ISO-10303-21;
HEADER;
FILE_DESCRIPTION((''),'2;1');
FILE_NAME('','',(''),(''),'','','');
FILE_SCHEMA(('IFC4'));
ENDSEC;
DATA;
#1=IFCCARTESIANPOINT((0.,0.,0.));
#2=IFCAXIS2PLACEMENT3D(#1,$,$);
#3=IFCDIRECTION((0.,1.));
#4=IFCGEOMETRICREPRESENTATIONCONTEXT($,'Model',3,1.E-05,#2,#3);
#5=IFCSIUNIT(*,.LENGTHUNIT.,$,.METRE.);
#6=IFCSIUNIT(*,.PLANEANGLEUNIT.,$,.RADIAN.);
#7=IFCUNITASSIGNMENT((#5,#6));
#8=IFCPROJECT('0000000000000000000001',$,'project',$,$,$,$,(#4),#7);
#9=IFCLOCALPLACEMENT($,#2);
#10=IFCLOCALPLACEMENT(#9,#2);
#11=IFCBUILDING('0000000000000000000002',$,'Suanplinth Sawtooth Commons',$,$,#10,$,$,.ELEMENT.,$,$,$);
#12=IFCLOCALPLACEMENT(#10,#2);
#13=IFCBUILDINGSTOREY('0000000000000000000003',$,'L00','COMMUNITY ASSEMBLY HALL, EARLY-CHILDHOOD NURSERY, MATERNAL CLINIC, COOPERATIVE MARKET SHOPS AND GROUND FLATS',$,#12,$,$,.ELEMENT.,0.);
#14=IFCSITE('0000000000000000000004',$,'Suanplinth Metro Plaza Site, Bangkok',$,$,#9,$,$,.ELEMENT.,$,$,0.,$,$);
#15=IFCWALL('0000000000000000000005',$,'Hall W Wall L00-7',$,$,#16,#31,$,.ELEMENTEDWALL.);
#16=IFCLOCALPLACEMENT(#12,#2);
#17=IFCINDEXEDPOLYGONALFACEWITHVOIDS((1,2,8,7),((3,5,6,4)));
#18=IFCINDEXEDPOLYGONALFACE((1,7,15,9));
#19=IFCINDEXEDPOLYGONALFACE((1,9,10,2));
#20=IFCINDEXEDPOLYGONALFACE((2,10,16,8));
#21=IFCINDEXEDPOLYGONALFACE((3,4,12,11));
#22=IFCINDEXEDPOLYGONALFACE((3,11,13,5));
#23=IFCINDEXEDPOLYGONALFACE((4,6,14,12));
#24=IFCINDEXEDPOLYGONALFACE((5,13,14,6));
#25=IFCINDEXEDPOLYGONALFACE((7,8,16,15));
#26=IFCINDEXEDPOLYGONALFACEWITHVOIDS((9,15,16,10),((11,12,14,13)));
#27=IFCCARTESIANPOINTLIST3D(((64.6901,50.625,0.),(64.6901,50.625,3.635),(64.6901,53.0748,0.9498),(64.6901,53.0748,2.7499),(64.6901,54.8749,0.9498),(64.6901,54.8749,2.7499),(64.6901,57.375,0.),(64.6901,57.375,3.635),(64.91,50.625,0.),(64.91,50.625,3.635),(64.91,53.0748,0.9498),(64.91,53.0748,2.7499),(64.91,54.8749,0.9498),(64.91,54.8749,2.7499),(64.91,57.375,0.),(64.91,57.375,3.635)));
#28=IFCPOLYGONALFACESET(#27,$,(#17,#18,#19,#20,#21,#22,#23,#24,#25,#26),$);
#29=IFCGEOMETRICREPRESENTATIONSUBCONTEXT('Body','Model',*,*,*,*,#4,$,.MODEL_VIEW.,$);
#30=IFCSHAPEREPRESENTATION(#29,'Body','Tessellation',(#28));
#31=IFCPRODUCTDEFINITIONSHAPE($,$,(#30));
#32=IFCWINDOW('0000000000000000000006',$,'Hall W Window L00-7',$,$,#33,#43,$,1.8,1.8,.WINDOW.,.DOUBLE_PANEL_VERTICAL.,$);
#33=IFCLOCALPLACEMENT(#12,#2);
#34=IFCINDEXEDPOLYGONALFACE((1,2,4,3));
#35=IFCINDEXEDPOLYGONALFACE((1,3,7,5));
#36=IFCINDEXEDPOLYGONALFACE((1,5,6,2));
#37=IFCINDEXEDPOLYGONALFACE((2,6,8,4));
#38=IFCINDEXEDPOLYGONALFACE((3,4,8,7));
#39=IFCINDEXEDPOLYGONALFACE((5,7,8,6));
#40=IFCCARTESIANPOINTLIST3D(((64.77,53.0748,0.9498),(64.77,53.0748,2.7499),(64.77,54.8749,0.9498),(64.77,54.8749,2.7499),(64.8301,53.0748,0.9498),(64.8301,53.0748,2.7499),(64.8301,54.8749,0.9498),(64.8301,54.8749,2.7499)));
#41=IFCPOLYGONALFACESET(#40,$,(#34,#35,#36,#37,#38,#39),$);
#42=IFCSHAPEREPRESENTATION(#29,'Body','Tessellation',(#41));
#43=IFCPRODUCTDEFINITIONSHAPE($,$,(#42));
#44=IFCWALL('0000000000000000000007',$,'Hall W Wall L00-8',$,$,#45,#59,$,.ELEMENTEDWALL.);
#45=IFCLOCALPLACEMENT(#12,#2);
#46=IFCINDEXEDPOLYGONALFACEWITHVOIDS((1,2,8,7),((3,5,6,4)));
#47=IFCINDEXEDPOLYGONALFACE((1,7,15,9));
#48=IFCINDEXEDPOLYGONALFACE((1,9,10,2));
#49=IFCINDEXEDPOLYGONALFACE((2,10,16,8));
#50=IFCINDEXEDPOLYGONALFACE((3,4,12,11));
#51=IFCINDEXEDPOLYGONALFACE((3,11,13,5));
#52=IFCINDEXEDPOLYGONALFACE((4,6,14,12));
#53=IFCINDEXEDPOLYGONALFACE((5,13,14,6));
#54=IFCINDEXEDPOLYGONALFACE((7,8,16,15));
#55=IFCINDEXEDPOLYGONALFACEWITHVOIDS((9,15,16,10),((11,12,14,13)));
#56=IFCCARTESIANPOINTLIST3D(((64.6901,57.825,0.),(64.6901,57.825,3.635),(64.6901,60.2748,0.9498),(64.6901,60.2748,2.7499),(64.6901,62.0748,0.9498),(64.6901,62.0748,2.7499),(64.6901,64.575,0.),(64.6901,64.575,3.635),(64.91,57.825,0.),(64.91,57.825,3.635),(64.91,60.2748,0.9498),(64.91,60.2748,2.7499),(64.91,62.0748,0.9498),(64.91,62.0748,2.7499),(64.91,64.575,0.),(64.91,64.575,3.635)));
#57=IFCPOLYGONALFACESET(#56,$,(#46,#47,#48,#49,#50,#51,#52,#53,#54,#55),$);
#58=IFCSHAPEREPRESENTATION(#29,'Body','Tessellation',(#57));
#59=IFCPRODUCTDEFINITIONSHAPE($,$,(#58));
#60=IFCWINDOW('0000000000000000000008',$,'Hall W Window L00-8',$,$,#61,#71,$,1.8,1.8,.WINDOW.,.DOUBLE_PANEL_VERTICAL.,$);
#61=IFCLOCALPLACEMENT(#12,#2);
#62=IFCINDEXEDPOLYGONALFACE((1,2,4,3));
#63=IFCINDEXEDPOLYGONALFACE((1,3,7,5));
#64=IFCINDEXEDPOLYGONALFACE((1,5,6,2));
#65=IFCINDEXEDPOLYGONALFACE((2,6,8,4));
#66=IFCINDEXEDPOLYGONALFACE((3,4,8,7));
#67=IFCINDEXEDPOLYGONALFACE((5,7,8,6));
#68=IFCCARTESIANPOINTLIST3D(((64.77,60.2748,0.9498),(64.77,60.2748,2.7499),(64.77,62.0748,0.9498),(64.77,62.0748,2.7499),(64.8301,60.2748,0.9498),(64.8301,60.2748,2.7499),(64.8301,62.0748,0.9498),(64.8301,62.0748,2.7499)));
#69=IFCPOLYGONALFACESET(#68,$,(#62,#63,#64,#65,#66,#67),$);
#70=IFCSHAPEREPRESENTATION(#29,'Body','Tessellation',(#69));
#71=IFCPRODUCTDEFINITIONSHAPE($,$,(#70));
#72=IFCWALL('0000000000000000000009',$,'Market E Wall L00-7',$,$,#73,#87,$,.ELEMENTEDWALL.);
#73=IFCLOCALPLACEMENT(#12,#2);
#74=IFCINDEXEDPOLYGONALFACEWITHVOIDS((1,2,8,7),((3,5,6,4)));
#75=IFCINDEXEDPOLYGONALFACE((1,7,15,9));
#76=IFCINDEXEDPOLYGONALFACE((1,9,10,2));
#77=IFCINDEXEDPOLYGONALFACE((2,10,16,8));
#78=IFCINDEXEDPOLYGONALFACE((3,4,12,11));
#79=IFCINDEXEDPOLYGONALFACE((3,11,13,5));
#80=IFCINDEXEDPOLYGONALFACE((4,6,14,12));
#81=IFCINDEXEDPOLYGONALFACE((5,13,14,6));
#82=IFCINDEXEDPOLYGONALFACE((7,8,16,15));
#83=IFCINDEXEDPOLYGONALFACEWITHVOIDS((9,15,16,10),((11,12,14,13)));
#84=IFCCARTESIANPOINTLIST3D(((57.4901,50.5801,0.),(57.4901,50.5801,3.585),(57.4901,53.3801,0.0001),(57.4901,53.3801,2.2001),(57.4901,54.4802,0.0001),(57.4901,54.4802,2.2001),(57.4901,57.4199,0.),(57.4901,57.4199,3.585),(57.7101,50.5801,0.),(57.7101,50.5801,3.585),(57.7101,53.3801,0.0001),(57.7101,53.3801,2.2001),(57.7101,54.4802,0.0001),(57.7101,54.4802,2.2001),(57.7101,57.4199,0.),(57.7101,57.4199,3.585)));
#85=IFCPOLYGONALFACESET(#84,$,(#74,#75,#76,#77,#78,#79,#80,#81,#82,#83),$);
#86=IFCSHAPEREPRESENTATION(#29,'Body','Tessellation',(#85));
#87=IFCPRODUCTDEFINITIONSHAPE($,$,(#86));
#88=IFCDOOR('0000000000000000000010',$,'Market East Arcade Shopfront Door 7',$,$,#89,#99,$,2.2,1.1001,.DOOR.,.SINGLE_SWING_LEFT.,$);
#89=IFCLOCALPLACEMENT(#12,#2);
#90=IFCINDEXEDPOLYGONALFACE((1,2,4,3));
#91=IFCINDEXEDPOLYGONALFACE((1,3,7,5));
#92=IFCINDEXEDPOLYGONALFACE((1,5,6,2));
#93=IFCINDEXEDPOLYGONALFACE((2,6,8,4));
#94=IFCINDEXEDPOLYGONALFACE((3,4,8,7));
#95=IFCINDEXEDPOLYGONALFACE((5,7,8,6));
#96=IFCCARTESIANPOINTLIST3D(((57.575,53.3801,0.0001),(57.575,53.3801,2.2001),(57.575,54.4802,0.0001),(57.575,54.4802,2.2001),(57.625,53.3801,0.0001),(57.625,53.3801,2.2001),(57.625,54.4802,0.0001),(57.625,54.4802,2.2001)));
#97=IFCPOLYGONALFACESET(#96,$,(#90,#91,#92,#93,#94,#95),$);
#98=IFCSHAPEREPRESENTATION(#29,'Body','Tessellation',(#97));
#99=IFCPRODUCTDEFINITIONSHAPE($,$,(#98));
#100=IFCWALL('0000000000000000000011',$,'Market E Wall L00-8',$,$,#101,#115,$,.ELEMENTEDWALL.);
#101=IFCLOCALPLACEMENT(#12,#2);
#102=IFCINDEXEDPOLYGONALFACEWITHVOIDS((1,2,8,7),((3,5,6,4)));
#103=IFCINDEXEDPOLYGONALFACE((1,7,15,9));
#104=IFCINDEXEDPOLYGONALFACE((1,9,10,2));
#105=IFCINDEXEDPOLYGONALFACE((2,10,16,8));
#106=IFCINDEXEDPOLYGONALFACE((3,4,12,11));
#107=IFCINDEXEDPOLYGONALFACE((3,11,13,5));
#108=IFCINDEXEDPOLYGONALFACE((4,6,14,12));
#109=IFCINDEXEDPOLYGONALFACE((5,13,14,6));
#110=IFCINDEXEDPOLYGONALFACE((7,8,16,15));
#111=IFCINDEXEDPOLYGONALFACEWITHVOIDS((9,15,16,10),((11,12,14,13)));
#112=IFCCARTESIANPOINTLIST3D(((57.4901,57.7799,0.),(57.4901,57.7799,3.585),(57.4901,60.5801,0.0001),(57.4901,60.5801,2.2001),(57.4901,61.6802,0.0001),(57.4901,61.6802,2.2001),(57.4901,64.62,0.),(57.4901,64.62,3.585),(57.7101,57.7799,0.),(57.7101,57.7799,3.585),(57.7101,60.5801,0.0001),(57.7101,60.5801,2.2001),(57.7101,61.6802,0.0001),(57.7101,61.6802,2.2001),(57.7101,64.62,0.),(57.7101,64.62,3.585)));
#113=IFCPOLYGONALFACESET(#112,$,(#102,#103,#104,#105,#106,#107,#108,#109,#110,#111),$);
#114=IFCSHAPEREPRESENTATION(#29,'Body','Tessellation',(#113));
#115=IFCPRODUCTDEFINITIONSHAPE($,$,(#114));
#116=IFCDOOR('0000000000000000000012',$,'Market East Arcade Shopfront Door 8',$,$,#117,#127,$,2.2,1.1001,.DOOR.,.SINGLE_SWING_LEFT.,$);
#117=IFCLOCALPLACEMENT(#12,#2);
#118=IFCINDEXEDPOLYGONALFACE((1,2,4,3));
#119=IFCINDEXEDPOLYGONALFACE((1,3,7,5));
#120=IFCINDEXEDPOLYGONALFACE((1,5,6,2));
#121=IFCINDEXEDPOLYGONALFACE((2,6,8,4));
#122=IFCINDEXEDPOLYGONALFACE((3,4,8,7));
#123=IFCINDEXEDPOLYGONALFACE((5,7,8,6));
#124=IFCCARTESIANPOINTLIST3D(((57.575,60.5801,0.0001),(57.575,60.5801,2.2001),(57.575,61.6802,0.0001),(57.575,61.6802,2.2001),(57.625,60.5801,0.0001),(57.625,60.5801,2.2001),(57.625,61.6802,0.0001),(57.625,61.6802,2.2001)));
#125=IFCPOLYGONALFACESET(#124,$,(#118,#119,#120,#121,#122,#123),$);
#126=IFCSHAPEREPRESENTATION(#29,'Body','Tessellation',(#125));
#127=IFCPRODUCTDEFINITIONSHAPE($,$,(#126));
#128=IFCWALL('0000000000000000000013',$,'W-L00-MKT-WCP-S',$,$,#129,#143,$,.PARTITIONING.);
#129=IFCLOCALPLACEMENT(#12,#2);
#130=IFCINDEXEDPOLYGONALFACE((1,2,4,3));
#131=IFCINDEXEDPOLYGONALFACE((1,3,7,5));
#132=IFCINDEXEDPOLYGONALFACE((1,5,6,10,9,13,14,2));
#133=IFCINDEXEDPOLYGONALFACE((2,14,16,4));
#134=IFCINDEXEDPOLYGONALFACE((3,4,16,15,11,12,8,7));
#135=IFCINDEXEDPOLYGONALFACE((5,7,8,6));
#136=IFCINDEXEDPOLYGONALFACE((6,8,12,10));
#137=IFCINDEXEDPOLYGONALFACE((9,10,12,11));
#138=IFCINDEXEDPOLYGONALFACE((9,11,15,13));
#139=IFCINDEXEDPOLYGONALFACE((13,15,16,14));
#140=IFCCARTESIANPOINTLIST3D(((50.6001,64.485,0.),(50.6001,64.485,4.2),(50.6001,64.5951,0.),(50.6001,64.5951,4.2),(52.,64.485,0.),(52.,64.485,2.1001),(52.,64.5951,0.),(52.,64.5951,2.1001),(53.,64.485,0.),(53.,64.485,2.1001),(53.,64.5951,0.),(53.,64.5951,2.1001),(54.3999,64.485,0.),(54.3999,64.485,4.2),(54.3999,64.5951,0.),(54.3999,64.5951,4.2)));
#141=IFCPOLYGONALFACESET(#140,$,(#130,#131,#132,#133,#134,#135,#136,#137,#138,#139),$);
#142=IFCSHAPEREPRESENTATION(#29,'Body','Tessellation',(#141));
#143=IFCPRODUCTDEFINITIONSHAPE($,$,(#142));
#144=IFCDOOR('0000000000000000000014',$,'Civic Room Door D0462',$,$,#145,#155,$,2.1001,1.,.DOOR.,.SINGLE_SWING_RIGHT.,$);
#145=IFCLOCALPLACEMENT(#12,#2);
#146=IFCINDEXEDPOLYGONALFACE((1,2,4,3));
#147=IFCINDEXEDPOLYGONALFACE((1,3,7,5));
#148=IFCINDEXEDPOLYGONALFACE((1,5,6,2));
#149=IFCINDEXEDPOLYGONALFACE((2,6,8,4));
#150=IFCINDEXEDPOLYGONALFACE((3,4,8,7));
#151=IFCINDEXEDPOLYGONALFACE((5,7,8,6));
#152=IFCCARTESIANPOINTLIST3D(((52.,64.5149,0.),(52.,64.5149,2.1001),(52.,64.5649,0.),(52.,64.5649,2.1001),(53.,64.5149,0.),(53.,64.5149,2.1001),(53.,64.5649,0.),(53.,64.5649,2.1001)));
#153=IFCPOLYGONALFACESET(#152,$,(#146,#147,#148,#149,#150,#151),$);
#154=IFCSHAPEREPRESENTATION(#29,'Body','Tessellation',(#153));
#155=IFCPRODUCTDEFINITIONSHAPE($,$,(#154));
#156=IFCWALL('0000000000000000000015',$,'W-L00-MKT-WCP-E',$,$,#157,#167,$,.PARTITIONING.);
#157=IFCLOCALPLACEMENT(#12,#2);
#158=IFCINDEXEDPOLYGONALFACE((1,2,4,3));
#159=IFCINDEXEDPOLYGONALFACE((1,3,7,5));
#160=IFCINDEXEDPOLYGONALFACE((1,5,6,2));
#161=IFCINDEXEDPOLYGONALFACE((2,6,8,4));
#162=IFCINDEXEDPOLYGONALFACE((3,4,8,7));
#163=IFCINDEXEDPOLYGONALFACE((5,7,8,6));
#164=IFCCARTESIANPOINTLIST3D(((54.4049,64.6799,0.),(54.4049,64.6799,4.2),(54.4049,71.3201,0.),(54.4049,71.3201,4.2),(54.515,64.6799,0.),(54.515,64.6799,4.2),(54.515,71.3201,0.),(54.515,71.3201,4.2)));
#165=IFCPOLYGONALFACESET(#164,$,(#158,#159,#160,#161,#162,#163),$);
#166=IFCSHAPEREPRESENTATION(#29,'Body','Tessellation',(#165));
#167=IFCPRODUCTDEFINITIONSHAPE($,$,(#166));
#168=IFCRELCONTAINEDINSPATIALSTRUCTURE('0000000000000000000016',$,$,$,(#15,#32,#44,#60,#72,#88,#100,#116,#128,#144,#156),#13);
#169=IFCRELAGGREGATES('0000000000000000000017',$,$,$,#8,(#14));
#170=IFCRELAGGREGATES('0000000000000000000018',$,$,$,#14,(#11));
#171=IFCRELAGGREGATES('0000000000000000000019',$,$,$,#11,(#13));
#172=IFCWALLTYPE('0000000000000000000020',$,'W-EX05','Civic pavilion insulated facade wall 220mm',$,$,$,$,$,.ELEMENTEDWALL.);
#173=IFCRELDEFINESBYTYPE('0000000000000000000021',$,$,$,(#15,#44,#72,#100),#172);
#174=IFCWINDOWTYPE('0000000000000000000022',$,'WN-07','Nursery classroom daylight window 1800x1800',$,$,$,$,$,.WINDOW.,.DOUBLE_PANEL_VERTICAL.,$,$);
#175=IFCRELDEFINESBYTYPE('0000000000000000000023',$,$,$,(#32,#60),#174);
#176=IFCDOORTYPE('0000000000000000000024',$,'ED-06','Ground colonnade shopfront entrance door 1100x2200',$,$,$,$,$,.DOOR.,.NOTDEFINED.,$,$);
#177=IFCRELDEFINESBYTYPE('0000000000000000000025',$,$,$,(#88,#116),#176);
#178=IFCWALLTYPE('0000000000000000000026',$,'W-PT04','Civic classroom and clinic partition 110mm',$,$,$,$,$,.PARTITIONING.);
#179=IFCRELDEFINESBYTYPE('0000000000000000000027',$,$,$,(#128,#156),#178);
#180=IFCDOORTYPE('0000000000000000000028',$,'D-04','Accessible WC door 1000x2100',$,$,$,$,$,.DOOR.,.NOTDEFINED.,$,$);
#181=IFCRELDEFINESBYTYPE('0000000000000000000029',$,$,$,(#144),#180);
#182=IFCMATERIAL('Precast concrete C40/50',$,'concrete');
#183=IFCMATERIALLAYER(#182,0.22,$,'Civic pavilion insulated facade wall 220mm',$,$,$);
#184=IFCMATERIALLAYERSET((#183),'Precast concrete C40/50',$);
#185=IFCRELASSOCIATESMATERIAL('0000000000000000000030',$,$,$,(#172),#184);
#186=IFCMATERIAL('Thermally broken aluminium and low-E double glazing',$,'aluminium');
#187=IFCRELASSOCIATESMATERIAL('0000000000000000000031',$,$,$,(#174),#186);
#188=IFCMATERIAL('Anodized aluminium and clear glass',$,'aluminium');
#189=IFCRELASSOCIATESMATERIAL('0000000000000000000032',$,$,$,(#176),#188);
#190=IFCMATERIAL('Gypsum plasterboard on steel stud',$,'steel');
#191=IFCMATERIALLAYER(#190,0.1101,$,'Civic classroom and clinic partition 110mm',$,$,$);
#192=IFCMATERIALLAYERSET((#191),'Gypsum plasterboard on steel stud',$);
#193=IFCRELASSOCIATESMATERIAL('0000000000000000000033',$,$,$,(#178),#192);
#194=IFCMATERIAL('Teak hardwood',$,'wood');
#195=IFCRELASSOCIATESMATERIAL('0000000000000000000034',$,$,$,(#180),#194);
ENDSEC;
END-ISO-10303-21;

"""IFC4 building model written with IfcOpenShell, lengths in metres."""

from ifc_helpers import new_model, si_unit, direction, frame, frame_2d, origin, place, context, subcontext, project, spatial, rectangle, extrude, material, layer, layer_set, type_object, element, fill, save


model = new_model("IFC4")

# Units and contexts
model_context = context("Model", 3, precision=1e-05, world=origin(), true_north=direction((0.0, 1.0)))
body_context = subcontext(model_context, "Body", "Model", "MODEL_VIEW")
ifc_project = project(units=[si_unit("LENGTHUNIT", "METRE"), si_unit("PLANEANGLEUNIT", "RADIAN")], contexts=[model_context])

# Site, building, storey
site_placement = place(None, origin())
site = spatial("IfcSite", under=ifc_project, at=site_placement, Name="Suanplinth Metro Plaza Site, Bangkok", CompositionType="ELEMENT", RefElevation=0.0)
building_placement = place(site_placement, origin())
building = spatial("IfcBuilding", under=site, at=building_placement, Name="Suanplinth Sawtooth Commons", CompositionType="ELEMENT")
storey_placement = place(building_placement, origin())
storey = spatial("IfcBuildingStorey", under=building, at=storey_placement, Name="L00", Description="COMMUNITY ASSEMBLY HALL, EARLY-CHILDHOOD NURSERY, MATERNAL CLINIC, COOPERATIVE MARKET SHOPS AND GROUND FLATS", CompositionType="ELEMENT", Elevation=0.0)

# Shared definitions
ifc_material_1 = material(Name="Precast concrete C40/50", Category="concrete")

# Walls, openings, windows
ifc_layer_1 = layer(ifc_material_1, 0.22, Name="Civic pavilion insulated facade wall 220mm")
ifc_layer_set_1 = layer_set([ifc_layer_1], Name="Precast concrete C40/50")
wall_type_1 = type_object("IfcWallType", Name="W-EX05", Description="Civic pavilion insulated facade wall 220mm", PredefinedType="ELEMENTEDWALL", material=ifc_layer_set_1)
wall_1_placement = place(storey_placement, frame((64.8, 50.625, 0.0), z_axis=(0.0, 0.0, 1.0), x_axis=(0.0, 1.0, 0.0)))
wall_1 = element("IfcWall", 1, at=wall_1_placement, inside=storey, type_object=wall_type_1, Name="Hall W Wall L00-7", PredefinedType="ELEMENTEDWALL", context=body_context, shape_type="SweptSolid", body=[
    extrude(rectangle(XDim=6.75, YDim=0.22, at=frame_2d((3.375, 0.0))), origin(), (0.0, 0.0, 1.0), 3.635),
])
opening_1_placement = place(wall_1_placement, frame((2.45, 0.0, 0.95)))
opening_1 = element("IfcOpeningElement", 2, at=opening_1_placement, cuts=wall_1, PredefinedType="OPENING", context=body_context, shape_type="SweptSolid", body=[
    extrude(rectangle(XDim=1.8, YDim=1.8, at=frame_2d((0.8999, 0.8999))), frame((0.0, 0.125, 0.0), z_axis=(0.0, -1.0, 0.0), x_axis=(1.0, 0.0, 0.0)), (0.0, 0.0, 1.0), 0.2498),
])
ifc_material_2 = material(Name="Thermally broken aluminium and low-E double glazing", Category="aluminium")
window_type = type_object("IfcWindowType", Name="WN-07", Description="Nursery classroom daylight window 1800x1800", PartitioningType="DOUBLE_PANEL_VERTICAL", PredefinedType="WINDOW", material=ifc_material_2)
window_1_placement = place(opening_1_placement, origin())
window_1 = element("IfcWindow", 3, at=window_1_placement, inside=storey, type_object=window_type, Name="Hall W Window L00-7", OverallHeight=1.8, OverallWidth=1.8, PartitioningType="DOUBLE_PANEL_VERTICAL", PredefinedType="WINDOW", context=body_context, shape_type="SweptSolid", body=[
    extrude(rectangle(XDim=1.8, YDim=1.8, at=frame_2d((0.8999, 0.8999))), frame((0.0, 0.03, 0.0), z_axis=(0.0, -1.0, 0.0), x_axis=(1.0, 0.0, 0.0)), (0.0, 0.0, 1.0), 0.0601),
])
fill(opening_1, window_1)
wall_2_placement = place(storey_placement, frame((64.8, 57.825, 0.0), z_axis=(0.0, 0.0, 1.0), x_axis=(0.0, 1.0, 0.0)))
wall_2 = element("IfcWall", 4, at=wall_2_placement, inside=storey, type_object=wall_type_1, Name="Hall W Wall L00-8", PredefinedType="ELEMENTEDWALL", context=body_context, shape_type="SweptSolid", body=[
    extrude(rectangle(XDim=6.75, YDim=0.22, at=frame_2d((3.375, 0.0))), origin(), (0.0, 0.0, 1.0), 3.635),
])
opening_2_placement = place(wall_2_placement, frame((2.45, 0.0, 0.95)))
opening_2 = element("IfcOpeningElement", 5, at=opening_2_placement, cuts=wall_2, PredefinedType="OPENING", context=body_context, shape_type="SweptSolid", body=[
    extrude(rectangle(XDim=1.8, YDim=1.8, at=frame_2d((0.8999, 0.8999))), frame((0.0, 0.125, 0.0), z_axis=(0.0, -1.0, 0.0), x_axis=(1.0, 0.0, 0.0)), (0.0, 0.0, 1.0), 0.2498),
])
window_2_placement = place(opening_2_placement, origin())
window_2 = element("IfcWindow", 6, at=window_2_placement, inside=storey, type_object=window_type, Name="Hall W Window L00-8", OverallHeight=1.8, OverallWidth=1.8, PartitioningType="DOUBLE_PANEL_VERTICAL", PredefinedType="WINDOW", context=body_context, shape_type="SweptSolid", body=[
    extrude(rectangle(XDim=1.8, YDim=1.8, at=frame_2d((0.8999, 0.8999))), frame((0.0, 0.03, 0.0), z_axis=(0.0, -1.0, 0.0), x_axis=(1.0, 0.0, 0.0)), (0.0, 0.0, 1.0), 0.0601),
])
fill(opening_2, window_2)

# Walls, openings, doors
wall_3_placement = place(storey_placement, frame((57.6001, 50.5801, 0.0), z_axis=(0.0, 0.0, 1.0), x_axis=(0.0, 1.0, 0.0)))
wall_3 = element("IfcWall", 7, at=wall_3_placement, inside=storey, type_object=wall_type_1, Name="Market E Wall L00-7", PredefinedType="ELEMENTEDWALL", context=body_context, shape_type="SweptSolid", body=[
    extrude(rectangle(XDim=6.8398, YDim=0.22, at=frame_2d((3.4199, 0.0))), origin(), (0.0, 0.0, 1.0), 3.585),
])
opening_3_placement = place(wall_3_placement, frame((2.8, 0.0, 0.0)))
opening_3 = element("IfcOpeningElement", 8, at=opening_3_placement, cuts=wall_3, PredefinedType="OPENING", context=body_context, shape_type="SweptSolid", body=[
    extrude(rectangle(XDim=1.1001, YDim=2.2, at=frame_2d((0.55, 1.1001))), frame((0.0, 0.125, 0.0), z_axis=(0.0, -1.0, 0.0), x_axis=(1.0, 0.0, 0.0)), (0.0, 0.0, 1.0), 0.2498),
])
ifc_material_3 = material(Name="Anodized aluminium and clear glass", Category="aluminium")
door_type_1 = type_object("IfcDoorType", Name="ED-06", Description="Ground colonnade shopfront entrance door 1100x2200", OperationType="NOTDEFINED", PredefinedType="DOOR", material=ifc_material_3)
door_1_placement = place(opening_3_placement, frame((1.1001, 0.0, 0.0), z_axis=(0.0, 0.0, 1.0), x_axis=(-1.0, 0.0, 0.0)))
door_1 = element("IfcDoor", 9, at=door_1_placement, inside=storey, type_object=door_type_1, Name="Market East Arcade Shopfront Door 7", OperationType="SINGLE_SWING_LEFT", OverallHeight=2.2, OverallWidth=1.1001, PredefinedType="DOOR", context=body_context, shape_type="SweptSolid", body=[
    extrude(rectangle(XDim=1.1001, YDim=2.2, at=frame_2d((0.55, 1.1001))), frame((0.0, 0.0249, 0.0), z_axis=(0.0, -1.0, 0.0), x_axis=(1.0, 0.0, 0.0)), (0.0, 0.0, 1.0), 0.05),
])
fill(opening_3, door_1)
wall_4_placement = place(storey_placement, frame((57.6001, 57.78, 0.0), z_axis=(0.0, 0.0, 1.0), x_axis=(0.0, 1.0, 0.0)))
wall_4 = element("IfcWall", 10, at=wall_4_placement, inside=storey, type_object=wall_type_1, Name="Market E Wall L00-8", PredefinedType="ELEMENTEDWALL", context=body_context, shape_type="SweptSolid", body=[
    extrude(rectangle(XDim=6.8401, YDim=0.22, at=frame_2d((3.4199, 0.0))), origin(), (0.0, 0.0, 1.0), 3.585),
])
opening_4_placement = place(wall_4_placement, frame((2.8, 0.0, 0.0)))
opening_4 = element("IfcOpeningElement", 11, at=opening_4_placement, cuts=wall_4, PredefinedType="OPENING", context=body_context, shape_type="SweptSolid", body=[
    extrude(rectangle(XDim=1.1001, YDim=2.2, at=frame_2d((0.55, 1.1001))), frame((0.0, 0.125, 0.0), z_axis=(0.0, -1.0, 0.0), x_axis=(1.0, 0.0, 0.0)), (0.0, 0.0, 1.0), 0.2498),
])
door_2_placement = place(opening_4_placement, frame((1.1001, 0.0, 0.0), z_axis=(0.0, 0.0, 1.0), x_axis=(-1.0, 0.0, 0.0)))
door_2 = element("IfcDoor", 12, at=door_2_placement, inside=storey, type_object=door_type_1, Name="Market East Arcade Shopfront Door 8", OperationType="SINGLE_SWING_LEFT", OverallHeight=2.2, OverallWidth=1.1001, PredefinedType="DOOR", context=body_context, shape_type="SweptSolid", body=[
    extrude(rectangle(XDim=1.1001, YDim=2.2, at=frame_2d((0.55, 1.1001))), frame((0.0, 0.0249, 0.0), z_axis=(0.0, -1.0, 0.0), x_axis=(1.0, 0.0, 0.0)), (0.0, 0.0, 1.0), 0.05),
])
fill(opening_4, door_2)
ifc_material_4 = material(Name="Gypsum plasterboard on steel stud", Category="steel")
ifc_layer_2 = layer(ifc_material_4, 0.1101, Name="Civic classroom and clinic partition 110mm")
ifc_layer_set_2 = layer_set([ifc_layer_2], Name="Gypsum plasterboard on steel stud")
wall_type_2 = type_object("IfcWallType", Name="W-PT04", Description="Civic classroom and clinic partition 110mm", PredefinedType="PARTITIONING", material=ifc_layer_set_2)
wall_5_placement = place(storey_placement, frame((50.6001, 64.54, 0.0), z_axis=(0.0, 0.0, 1.0), x_axis=(1.0, 0.0, 0.0)))
wall_5 = element("IfcWall", 13, at=wall_5_placement, inside=storey, type_object=wall_type_2, Name="W-L00-MKT-WCP-S", PredefinedType="PARTITIONING", context=body_context, shape_type="SweptSolid", body=[
    extrude(rectangle(XDim=3.7998, YDim=0.1101, at=frame_2d((1.8999, 0.0))), origin(), (0.0, 0.0, 1.0), 4.2),
])
opening_5_placement = place(wall_5_placement, frame((1.3999, 0.0, 0.0)))
opening_5 = element("IfcOpeningElement", 14, at=opening_5_placement, cuts=wall_5, PredefinedType="OPENING", context=body_context, shape_type="SweptSolid", body=[
    extrude(rectangle(XDim=1.0, YDim=2.1001, at=frame_2d((0.5, 1.05))), frame((0.0, 0.0698, 0.0), z_axis=(0.0, -1.0, 0.0), x_axis=(1.0, 0.0, 0.0)), (0.0, 0.0, 1.0), 0.1399),
])
ifc_material_5 = material(Name="Teak hardwood", Category="wood")
door_type_2 = type_object("IfcDoorType", Name="D-04", Description="Accessible WC door 1000x2100", OperationType="NOTDEFINED", PredefinedType="DOOR", material=ifc_material_5)
door_3_placement = place(opening_5_placement, origin())
door_3 = element("IfcDoor", 15, at=door_3_placement, inside=storey, type_object=door_type_2, Name="Civic Room Door D0462", OperationType="SINGLE_SWING_RIGHT", OverallHeight=2.1001, OverallWidth=1.0, PredefinedType="DOOR", context=body_context, shape_type="SweptSolid", body=[
    extrude(rectangle(XDim=1.0, YDim=2.1001, at=frame_2d((0.5, 1.05))), frame((0.0, 0.0249, 0.0), z_axis=(0.0, -1.0, 0.0), x_axis=(1.0, 0.0, 0.0)), (0.0, 0.0, 1.0), 0.05),
])
fill(opening_5, door_3)

# Wall
wall_6_placement = place(storey_placement, frame((54.46, 64.6799, 0.0), z_axis=(0.0, 0.0, 1.0), x_axis=(0.0, 1.0, 0.0)))
element("IfcWall", 16, at=wall_6_placement, inside=storey, type_object=wall_type_2, Name="W-L00-MKT-WCP-E", PredefinedType="PARTITIONING", context=body_context, shape_type="SweptSolid", body=[
    extrude(rectangle(XDim=6.6401, YDim=0.1101, at=frame_2d((3.3201, 0.0))), origin(), (0.0, 0.0, 1.0), 4.2),
])

save(model, "model.ifc")
